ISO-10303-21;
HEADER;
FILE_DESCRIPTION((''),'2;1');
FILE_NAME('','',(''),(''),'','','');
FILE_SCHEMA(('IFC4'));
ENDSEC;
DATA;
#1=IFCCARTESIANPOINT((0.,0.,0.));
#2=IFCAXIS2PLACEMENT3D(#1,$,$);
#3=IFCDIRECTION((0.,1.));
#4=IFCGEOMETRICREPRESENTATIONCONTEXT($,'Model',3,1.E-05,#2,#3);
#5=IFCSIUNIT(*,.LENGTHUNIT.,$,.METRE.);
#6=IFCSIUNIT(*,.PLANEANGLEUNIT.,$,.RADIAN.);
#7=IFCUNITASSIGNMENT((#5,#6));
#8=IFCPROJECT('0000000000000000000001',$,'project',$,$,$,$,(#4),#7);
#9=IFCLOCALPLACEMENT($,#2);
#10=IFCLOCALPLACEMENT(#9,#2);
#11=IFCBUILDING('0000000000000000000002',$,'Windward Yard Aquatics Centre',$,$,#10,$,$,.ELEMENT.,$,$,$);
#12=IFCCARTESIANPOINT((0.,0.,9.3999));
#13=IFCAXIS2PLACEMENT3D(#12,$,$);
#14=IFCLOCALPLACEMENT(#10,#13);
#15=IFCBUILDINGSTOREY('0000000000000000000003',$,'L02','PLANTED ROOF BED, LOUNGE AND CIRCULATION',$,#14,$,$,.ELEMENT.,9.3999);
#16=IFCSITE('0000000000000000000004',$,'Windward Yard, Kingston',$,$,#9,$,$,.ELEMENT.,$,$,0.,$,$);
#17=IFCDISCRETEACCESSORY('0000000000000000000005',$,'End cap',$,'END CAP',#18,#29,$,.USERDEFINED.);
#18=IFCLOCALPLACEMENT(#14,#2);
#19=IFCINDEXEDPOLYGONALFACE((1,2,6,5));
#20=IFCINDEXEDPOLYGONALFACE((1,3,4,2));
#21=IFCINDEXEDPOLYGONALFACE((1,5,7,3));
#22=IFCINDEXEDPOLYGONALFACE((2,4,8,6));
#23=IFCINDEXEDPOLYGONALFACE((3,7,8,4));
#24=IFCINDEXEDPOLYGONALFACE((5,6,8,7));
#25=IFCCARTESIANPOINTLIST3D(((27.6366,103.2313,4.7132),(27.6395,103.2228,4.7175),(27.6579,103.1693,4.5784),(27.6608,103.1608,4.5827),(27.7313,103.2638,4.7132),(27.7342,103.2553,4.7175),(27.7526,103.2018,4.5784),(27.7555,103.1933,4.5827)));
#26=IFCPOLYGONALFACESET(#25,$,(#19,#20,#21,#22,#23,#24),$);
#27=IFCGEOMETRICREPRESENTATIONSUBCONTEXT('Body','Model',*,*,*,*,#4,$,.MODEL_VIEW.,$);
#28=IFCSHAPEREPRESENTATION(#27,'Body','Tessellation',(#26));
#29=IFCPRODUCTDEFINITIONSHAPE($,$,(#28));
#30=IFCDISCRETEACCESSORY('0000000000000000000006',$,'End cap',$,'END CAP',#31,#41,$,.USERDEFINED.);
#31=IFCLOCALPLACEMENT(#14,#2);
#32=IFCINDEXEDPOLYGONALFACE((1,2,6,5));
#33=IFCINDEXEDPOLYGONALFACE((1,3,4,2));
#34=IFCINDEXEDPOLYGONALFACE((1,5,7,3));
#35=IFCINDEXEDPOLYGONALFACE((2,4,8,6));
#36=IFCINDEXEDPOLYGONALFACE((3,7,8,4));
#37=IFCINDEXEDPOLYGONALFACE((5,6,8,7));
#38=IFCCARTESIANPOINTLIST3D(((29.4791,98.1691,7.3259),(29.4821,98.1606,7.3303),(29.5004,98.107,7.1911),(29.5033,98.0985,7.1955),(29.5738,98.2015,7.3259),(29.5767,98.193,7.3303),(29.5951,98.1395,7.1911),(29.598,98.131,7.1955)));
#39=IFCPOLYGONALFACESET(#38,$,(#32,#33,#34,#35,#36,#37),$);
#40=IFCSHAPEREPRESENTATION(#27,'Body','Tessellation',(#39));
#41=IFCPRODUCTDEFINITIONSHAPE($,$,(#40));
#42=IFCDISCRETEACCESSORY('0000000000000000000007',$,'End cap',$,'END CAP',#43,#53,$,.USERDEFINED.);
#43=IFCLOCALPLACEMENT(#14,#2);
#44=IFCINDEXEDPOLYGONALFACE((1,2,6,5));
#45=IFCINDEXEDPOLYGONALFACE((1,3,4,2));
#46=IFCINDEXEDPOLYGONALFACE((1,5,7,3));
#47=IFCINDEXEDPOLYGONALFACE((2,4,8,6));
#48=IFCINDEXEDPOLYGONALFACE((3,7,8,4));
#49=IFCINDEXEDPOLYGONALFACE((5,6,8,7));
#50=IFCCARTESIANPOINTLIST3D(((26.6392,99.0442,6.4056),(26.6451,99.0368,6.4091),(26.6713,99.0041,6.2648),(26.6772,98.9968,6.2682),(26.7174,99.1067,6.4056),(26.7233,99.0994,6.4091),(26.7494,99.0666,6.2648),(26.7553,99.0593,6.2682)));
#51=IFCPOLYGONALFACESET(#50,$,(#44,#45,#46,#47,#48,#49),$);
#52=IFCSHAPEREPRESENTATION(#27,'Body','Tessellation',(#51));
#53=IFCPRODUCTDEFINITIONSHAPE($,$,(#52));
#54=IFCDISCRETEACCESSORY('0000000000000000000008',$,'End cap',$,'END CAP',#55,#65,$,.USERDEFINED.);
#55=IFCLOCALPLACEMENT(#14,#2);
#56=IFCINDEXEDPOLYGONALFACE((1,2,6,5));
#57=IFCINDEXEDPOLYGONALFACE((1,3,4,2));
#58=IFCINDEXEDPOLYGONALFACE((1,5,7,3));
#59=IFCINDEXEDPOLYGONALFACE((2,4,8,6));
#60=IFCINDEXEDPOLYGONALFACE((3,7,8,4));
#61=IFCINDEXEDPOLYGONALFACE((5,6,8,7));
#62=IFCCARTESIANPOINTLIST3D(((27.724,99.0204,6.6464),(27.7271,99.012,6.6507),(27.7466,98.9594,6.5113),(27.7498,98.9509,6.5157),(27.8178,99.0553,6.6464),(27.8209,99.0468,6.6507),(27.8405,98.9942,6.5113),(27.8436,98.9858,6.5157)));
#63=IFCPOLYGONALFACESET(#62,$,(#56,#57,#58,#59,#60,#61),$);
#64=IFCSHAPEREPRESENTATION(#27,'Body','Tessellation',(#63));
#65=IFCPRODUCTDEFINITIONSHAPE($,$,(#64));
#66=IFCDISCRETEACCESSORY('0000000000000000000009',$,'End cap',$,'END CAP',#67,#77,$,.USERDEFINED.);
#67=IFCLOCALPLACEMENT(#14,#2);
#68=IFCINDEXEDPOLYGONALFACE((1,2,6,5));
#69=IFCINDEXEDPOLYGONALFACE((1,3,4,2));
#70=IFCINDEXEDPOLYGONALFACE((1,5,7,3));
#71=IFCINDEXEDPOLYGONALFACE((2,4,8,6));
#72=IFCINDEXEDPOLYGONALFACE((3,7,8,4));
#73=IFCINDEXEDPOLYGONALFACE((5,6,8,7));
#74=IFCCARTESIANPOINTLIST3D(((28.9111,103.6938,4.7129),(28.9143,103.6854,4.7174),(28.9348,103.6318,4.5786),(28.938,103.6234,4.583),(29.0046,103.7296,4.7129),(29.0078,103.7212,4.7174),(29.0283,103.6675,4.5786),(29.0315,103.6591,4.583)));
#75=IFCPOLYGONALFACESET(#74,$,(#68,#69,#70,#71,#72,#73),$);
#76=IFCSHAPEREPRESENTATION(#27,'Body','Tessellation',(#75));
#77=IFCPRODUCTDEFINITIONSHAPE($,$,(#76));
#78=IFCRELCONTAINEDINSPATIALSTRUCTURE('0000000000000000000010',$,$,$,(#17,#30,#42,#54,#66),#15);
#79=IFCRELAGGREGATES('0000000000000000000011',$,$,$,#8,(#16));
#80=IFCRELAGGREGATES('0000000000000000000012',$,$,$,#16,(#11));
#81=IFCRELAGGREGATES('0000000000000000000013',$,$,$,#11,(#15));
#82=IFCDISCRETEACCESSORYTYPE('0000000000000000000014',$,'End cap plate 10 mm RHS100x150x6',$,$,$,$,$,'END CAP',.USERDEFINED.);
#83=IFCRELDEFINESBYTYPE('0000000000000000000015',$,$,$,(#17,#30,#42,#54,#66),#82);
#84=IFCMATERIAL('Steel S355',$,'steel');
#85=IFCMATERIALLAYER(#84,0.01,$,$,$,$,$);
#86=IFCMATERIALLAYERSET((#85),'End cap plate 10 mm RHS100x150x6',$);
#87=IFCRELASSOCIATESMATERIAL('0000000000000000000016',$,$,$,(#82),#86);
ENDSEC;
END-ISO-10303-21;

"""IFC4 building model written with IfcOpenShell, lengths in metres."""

from ifc_helpers import new_model, si_unit, direction, frame, origin, origin_2d, place, context, subcontext, project, spatial, rectangle, extrude, material, layer, layer_set, type_object, element, save


model = new_model("IFC4")

# Units and contexts
model_context = context("Model", 3, precision=1e-05, world=origin(), true_north=direction((0.0, 1.0)))
body_context = subcontext(model_context, "Body", "Model", "MODEL_VIEW")
ifc_project = project(units=[si_unit("LENGTHUNIT", "METRE"), si_unit("PLANEANGLEUNIT", "RADIAN")], contexts=[model_context])

# Site, building, storey
site_placement = place(None, origin())
site = spatial("IfcSite", under=ifc_project, at=site_placement, Name="Windward Yard, Kingston", CompositionType="ELEMENT", RefElevation=0.0)
building_placement = place(site_placement, origin())
building = spatial("IfcBuilding", under=site, at=building_placement, Name="Windward Yard Aquatics Centre", CompositionType="ELEMENT")
storey_placement = place(building_placement, frame((0.0, 0.0, 9.3999)))
storey = spatial("IfcBuildingStorey", under=building, at=storey_placement, Name="L02", Description="PLANTED ROOF BED, LOUNGE AND CIRCULATION", CompositionType="ELEMENT", Elevation=9.3999)

# Shared definitions
ifc_material_1 = material(Name="Steel S355", Category="steel")

# Discrete accessories
ifc_layer_1 = layer(ifc_material_1, 0.01)
ifc_layer_set_1 = layer_set([ifc_layer_1], Name="End cap plate 10 mm RHS100x150x6")
discrete_accessory_type = type_object("IfcDiscreteAccessoryType", Name="End cap plate 10 mm RHS100x150x6", ElementType="END CAP", PredefinedType="USERDEFINED", material=ifc_layer_set_1)
for number, where, z_axis, x_axis, name in (
    (1, (27.6946, 103.2166, 4.6458), (0.291644, -0.850628, 0.437466), (0.945946, 0.324324, 0.0), "End cap"),
    (2, (29.5371, 98.1543, 7.2585), (0.291644, -0.850628, 0.437466), (0.945946, 0.324324, 0.0), "End cap"),
    (3, (26.6943, 99.0554, 6.3352), (0.586939, -0.733674, 0.342381), (0.780869, 0.624695, 0.0), "End cap"),
    (4, (27.7822, 99.0073, 6.5789), (0.31364, -0.844416, 0.434271), (0.937425, 0.348187, 0.0), "End cap"),
    (5, (28.9697, 103.6807, 4.6458), (0.320135, -0.837276, 0.443264), (0.934052, 0.357137, 0.0), "End cap"),
):
    element("IfcDiscreteAccessory", number, at=place(storey_placement, frame(where, z_axis=z_axis, x_axis=x_axis)), inside=storey, type_object=discrete_accessory_type, Name=name, ObjectType="END CAP", PredefinedType="USERDEFINED", context=body_context, shape_type="SweptSolid", body=[
        extrude(rectangle(XDim=0.1001, YDim=0.1499, at=origin_2d()), origin(), (0.0, 0.0, 1.0), 0.01),
    ])

save(model, "model.ifc")
